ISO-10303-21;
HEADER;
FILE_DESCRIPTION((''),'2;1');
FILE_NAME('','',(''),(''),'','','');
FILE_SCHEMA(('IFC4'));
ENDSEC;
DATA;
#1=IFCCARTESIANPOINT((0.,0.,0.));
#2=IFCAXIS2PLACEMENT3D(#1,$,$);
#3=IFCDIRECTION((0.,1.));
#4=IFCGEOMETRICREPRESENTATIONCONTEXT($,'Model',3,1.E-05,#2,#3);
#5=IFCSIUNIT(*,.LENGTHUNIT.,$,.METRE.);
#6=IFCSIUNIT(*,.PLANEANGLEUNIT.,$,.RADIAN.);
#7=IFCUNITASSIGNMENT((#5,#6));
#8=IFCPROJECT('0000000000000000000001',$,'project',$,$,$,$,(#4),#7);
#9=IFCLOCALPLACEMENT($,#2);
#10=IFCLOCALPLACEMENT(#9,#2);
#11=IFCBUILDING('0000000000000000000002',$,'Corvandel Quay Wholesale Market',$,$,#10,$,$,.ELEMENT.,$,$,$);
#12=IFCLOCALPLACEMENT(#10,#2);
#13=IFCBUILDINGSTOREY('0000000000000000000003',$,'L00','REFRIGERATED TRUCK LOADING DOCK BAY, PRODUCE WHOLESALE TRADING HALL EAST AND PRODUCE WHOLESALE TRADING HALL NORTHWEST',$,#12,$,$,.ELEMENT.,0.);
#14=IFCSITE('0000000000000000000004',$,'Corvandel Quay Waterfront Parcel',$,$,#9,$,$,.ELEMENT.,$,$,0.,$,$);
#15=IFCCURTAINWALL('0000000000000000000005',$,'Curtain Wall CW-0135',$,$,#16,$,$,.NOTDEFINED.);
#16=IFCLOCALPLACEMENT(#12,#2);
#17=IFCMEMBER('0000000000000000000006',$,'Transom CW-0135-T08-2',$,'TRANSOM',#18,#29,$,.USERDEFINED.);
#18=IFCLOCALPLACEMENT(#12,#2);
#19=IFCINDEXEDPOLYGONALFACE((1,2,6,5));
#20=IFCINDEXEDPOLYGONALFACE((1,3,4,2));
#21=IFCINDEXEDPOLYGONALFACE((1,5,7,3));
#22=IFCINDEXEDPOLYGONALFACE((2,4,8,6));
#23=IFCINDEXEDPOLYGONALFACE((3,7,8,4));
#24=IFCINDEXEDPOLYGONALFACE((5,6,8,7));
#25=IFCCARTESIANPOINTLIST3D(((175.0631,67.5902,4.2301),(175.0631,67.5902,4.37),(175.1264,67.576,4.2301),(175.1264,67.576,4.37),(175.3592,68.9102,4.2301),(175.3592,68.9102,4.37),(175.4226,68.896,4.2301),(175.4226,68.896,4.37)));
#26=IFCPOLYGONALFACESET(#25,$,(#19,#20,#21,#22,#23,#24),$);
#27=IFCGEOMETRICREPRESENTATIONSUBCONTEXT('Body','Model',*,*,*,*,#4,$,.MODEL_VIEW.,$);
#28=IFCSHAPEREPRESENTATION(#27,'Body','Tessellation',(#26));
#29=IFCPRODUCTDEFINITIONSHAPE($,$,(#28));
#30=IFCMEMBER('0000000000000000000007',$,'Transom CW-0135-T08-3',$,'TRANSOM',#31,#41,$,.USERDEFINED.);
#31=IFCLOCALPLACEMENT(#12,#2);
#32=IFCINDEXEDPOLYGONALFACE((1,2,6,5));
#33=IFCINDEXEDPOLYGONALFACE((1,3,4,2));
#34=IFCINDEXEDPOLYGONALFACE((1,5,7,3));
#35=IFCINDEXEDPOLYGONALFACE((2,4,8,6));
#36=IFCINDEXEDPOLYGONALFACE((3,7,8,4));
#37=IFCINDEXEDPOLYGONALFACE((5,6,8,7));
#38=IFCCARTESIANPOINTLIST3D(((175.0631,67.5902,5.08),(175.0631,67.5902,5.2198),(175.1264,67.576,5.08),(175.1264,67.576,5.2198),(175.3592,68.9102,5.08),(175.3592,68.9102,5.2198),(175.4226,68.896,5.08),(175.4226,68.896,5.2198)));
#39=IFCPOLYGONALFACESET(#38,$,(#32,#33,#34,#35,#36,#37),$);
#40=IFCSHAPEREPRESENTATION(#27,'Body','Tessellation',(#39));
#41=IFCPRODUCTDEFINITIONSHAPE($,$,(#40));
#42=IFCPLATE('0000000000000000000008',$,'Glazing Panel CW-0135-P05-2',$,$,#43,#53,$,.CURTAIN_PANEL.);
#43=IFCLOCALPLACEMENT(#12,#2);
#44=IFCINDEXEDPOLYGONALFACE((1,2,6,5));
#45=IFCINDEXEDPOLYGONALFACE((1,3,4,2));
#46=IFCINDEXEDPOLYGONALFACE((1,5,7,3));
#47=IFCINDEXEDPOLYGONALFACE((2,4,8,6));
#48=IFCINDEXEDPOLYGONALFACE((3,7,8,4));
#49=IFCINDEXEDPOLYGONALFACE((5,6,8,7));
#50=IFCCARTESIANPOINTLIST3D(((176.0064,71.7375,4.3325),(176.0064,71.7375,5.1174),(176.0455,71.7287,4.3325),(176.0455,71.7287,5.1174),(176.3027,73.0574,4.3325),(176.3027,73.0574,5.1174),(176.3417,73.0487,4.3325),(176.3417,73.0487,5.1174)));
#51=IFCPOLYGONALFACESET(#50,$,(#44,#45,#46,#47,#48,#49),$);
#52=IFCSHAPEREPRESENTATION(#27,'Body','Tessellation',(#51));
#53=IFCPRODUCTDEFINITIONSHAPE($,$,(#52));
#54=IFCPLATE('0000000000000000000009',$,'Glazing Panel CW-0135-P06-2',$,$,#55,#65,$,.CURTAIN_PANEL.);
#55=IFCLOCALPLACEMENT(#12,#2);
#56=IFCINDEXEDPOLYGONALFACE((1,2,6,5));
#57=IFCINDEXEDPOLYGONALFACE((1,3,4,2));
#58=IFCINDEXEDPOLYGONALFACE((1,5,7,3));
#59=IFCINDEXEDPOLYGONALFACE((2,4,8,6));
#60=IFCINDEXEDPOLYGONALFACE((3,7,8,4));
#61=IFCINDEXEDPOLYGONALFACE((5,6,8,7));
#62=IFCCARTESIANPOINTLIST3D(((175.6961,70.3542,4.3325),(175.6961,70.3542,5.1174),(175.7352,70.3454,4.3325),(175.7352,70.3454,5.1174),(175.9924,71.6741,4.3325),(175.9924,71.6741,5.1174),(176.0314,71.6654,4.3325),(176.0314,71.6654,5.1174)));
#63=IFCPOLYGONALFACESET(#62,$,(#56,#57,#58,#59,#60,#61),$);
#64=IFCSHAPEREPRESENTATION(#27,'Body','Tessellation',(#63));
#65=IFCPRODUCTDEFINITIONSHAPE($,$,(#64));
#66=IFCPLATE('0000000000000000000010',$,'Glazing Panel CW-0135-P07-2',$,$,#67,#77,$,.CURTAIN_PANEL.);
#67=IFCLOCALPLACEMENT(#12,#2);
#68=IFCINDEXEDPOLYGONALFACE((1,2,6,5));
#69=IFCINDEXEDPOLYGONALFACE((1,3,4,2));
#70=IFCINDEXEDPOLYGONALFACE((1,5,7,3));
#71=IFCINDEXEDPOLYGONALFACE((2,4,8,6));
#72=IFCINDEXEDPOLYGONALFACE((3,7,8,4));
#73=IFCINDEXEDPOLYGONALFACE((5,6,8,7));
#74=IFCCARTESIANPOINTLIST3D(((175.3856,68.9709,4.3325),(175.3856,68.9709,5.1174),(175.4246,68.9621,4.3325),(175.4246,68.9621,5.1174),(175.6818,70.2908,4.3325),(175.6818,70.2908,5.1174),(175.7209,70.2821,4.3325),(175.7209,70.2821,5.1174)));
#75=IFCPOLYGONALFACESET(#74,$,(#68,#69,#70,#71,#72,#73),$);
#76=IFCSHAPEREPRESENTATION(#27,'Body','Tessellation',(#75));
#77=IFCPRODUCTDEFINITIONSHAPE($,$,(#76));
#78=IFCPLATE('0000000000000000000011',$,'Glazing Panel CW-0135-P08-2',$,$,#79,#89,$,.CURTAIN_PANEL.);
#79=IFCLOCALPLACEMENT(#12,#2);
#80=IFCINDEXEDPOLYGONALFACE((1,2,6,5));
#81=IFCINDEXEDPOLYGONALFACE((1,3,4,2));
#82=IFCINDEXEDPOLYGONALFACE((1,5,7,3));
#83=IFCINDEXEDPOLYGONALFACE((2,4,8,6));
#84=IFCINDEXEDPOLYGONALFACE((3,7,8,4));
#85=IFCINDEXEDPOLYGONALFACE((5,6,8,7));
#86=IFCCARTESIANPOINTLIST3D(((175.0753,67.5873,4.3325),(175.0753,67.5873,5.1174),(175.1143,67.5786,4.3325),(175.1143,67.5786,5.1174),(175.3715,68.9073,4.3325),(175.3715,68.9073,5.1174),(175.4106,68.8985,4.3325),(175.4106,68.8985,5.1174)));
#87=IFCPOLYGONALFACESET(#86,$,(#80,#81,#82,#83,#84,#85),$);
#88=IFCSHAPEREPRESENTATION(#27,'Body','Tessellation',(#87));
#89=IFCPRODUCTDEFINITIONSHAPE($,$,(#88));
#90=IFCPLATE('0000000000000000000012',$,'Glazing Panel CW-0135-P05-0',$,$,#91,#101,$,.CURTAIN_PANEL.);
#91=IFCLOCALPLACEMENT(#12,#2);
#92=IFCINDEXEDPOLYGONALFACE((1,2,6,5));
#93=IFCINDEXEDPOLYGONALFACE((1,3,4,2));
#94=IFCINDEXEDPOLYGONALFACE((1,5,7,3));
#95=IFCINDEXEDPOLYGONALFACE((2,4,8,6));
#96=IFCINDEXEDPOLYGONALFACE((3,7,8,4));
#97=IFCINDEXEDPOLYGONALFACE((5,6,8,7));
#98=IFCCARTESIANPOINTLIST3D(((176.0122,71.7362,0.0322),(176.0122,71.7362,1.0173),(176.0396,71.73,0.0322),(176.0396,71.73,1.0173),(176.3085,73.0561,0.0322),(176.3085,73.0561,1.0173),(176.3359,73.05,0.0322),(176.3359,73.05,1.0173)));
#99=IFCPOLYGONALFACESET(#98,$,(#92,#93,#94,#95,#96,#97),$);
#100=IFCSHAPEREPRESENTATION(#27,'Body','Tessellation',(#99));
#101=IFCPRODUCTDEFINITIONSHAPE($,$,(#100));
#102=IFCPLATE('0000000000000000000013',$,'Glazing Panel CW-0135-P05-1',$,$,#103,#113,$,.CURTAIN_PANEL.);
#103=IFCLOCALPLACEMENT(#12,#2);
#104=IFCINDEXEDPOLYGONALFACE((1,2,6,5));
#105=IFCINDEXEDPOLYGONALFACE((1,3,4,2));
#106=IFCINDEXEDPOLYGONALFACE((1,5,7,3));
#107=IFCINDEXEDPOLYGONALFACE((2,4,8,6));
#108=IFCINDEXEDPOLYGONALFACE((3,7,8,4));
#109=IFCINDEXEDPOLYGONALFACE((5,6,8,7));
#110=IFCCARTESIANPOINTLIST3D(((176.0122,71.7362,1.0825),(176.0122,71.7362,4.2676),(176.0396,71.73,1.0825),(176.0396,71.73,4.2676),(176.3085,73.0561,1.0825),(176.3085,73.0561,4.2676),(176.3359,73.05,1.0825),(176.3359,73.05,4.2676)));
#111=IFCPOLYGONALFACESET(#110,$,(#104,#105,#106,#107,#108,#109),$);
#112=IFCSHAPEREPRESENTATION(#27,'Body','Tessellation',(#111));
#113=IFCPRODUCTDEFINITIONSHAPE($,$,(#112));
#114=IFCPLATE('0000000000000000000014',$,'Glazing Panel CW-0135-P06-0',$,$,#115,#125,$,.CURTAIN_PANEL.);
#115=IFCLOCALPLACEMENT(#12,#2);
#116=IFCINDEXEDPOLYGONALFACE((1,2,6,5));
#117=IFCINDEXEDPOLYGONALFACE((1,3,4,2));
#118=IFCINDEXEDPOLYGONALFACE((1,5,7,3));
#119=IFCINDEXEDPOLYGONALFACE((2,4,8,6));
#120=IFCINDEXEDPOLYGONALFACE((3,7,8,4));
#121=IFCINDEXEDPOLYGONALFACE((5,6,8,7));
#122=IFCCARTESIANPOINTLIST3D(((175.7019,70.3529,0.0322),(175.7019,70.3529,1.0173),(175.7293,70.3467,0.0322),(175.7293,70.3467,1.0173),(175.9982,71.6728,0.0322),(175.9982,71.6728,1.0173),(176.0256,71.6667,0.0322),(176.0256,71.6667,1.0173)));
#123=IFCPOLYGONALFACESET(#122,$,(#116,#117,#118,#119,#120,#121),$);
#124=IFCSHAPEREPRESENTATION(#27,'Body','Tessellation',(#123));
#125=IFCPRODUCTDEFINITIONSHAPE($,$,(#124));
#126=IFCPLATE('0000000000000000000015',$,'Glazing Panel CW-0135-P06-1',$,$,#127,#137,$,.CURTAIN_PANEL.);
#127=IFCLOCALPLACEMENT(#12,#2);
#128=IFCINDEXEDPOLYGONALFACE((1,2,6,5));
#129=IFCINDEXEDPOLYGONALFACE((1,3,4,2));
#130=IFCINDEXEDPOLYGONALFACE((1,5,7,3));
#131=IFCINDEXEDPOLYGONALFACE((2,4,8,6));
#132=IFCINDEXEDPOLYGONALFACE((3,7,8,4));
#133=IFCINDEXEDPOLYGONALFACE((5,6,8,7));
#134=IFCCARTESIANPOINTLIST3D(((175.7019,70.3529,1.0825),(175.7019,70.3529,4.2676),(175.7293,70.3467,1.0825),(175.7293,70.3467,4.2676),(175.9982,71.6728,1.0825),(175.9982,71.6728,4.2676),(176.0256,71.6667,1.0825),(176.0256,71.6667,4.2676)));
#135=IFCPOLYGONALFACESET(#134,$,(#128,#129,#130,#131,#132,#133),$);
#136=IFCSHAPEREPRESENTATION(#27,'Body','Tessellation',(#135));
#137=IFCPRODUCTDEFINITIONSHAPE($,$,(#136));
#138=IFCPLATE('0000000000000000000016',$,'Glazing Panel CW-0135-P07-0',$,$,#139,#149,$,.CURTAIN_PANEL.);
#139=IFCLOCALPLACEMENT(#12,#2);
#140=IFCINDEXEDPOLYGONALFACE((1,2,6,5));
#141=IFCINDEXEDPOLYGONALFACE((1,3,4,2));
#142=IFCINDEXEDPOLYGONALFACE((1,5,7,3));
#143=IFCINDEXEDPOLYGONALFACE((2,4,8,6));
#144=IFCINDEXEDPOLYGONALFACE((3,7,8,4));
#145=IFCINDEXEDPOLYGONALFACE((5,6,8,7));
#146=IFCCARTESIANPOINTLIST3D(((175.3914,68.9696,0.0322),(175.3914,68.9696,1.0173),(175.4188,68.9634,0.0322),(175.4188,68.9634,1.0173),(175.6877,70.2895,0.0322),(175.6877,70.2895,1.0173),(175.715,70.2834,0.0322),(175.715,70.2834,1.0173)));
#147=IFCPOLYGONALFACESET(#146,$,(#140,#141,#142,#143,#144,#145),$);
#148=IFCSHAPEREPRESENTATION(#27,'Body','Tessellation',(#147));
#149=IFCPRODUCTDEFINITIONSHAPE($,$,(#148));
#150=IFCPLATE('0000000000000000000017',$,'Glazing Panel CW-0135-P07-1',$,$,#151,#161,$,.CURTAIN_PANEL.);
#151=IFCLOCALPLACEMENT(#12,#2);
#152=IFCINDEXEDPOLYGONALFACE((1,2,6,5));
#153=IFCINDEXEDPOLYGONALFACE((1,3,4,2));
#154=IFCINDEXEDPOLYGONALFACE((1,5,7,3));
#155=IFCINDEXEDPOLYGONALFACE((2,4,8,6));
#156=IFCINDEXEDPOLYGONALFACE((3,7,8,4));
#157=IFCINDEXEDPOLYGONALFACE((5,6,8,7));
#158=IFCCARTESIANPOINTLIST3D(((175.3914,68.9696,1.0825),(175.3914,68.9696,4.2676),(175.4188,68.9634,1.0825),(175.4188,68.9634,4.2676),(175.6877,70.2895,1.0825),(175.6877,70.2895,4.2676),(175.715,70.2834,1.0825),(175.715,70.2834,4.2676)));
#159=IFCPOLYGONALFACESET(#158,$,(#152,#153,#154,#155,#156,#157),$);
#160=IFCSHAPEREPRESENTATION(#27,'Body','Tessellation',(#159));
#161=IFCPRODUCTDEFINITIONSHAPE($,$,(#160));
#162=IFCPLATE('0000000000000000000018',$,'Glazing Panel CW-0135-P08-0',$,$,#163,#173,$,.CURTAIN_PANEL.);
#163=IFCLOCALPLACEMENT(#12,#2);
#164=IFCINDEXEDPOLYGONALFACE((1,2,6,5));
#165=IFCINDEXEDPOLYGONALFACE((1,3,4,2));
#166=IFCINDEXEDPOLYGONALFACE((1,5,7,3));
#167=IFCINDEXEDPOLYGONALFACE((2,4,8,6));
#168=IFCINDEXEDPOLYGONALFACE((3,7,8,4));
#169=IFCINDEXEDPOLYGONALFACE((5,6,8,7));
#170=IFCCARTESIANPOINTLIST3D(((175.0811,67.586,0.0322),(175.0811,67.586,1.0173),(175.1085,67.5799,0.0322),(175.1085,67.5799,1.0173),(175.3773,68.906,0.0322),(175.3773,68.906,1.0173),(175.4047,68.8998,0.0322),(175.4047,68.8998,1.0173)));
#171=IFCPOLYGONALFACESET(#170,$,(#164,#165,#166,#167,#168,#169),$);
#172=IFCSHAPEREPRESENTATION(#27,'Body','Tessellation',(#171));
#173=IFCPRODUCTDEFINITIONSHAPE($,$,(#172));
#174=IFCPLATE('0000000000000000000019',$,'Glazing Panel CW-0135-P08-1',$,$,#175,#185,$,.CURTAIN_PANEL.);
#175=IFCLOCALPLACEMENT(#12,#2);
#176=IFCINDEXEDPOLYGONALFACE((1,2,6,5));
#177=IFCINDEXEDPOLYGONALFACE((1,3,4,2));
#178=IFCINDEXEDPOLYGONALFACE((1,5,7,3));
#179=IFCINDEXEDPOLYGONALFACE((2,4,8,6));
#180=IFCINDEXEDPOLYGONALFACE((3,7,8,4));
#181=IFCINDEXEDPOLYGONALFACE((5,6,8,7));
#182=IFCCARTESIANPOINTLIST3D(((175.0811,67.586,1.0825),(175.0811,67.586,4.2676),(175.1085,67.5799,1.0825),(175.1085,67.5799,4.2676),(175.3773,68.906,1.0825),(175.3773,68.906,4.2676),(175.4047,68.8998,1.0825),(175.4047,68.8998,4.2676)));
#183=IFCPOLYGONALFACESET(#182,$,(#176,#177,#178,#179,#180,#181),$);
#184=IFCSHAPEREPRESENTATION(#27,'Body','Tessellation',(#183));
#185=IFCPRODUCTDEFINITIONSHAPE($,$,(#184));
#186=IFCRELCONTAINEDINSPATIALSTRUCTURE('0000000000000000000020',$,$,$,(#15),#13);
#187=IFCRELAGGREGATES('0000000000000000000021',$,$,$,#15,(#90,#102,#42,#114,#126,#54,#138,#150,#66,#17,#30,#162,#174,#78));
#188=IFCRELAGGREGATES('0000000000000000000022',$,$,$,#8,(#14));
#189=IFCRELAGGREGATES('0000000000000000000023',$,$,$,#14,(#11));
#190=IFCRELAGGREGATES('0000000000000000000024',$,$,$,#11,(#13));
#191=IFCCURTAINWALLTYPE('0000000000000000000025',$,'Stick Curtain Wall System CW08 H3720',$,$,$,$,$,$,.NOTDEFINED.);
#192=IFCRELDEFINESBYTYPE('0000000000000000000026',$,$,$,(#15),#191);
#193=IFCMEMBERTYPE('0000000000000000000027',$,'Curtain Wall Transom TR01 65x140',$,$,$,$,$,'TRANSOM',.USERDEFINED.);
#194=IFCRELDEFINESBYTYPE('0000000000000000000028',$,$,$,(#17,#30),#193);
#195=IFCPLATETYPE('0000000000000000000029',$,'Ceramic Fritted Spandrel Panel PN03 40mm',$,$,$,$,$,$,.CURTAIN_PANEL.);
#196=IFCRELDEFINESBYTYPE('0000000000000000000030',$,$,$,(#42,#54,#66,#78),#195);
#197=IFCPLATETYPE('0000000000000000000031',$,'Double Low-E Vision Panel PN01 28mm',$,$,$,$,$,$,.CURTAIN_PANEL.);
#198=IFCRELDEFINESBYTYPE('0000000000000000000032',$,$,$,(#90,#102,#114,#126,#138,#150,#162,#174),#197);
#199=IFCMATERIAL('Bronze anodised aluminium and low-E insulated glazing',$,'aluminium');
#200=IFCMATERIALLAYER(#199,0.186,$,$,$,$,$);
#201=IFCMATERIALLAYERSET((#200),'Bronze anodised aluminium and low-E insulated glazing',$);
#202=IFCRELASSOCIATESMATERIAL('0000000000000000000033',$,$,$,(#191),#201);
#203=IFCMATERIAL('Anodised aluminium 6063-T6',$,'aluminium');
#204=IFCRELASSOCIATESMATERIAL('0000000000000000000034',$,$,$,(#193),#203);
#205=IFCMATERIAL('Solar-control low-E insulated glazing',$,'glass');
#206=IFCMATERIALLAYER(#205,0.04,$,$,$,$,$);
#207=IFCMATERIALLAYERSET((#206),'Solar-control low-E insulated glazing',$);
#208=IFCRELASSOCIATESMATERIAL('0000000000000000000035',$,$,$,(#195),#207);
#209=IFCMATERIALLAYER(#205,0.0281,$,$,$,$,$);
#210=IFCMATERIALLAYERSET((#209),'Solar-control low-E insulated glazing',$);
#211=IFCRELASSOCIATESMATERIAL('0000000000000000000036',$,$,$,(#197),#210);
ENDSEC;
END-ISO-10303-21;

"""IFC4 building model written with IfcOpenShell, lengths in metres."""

from ifc_helpers import new_model, si_unit, direction, frame, origin, origin_2d, place, context, subcontext, project, spatial, rectangle, extrude, material, layer, layer_set, material_profile, profile_set, type_object, element, aggregate, save


model = new_model("IFC4")

# Units and contexts
model_context = context("Model", 3, precision=1e-05, world=origin(), true_north=direction((0.0, 1.0)))
body_context = subcontext(model_context, "Body", "Model", "MODEL_VIEW")
ifc_project = project(units=[si_unit("LENGTHUNIT", "METRE"), si_unit("PLANEANGLEUNIT", "RADIAN")], contexts=[model_context])

# Site, building, storey
site_placement = place(None, origin())
site = spatial("IfcSite", under=ifc_project, at=site_placement, Name="Corvandel Quay Waterfront Parcel", CompositionType="ELEMENT", RefElevation=0.0)
building_placement = place(site_placement, origin())
building = spatial("IfcBuilding", under=site, at=building_placement, Name="Corvandel Quay Wholesale Market", CompositionType="ELEMENT")
storey_placement = place(building_placement, origin())
storey = spatial("IfcBuildingStorey", under=building, at=storey_placement, Name="L00", Description="REFRIGERATED TRUCK LOADING DOCK BAY, PRODUCE WHOLESALE TRADING HALL EAST AND PRODUCE WHOLESALE TRADING HALL NORTHWEST", CompositionType="ELEMENT", Elevation=0.0)

# Curtain wall, members, plates
ifc_material_1 = material(Name="Bronze anodised aluminium and low-E insulated glazing", Category="aluminium")
ifc_layer_1 = layer(ifc_material_1, 0.186)
ifc_layer_set_1 = layer_set([ifc_layer_1], Name="Bronze anodised aluminium and low-E insulated glazing")
curtain_wall_type = type_object("IfcCurtainWallType", Name="Stick Curtain Wall System CW08 H3720", PredefinedType="NOTDEFINED", material=ifc_layer_set_1)
curtain_wall_placement = place(storey_placement, origin())
curtain_wall = element("IfcCurtainWall", 1, at=curtain_wall_placement, inside=storey, type_object=curtain_wall_type, Name="Curtain Wall CW-0135", PredefinedType="NOTDEFINED")
ifc_material_2 = material(Name="Anodised aluminium 6063-T6", Category="aluminium")
ifc_material_profile_1 = material_profile(ifc_material_2, rectangle(XDim=0.0649, YDim=0.1399, at=origin_2d()), Name="ALU-TRN-65x140")
ifc_profile_set_1 = profile_set([ifc_material_profile_1], Name="Anodised aluminium 6063-T6")
member_type_1 = type_object("IfcMemberType", Name="Curtain Wall Transom TR01 65x140", ElementType="TRANSOM", PredefinedType="USERDEFINED", material=ifc_profile_set_1)
member_1_placement = place(storey_placement, frame((175.3909, 68.9031, 4.3), z_axis=(-0.218898, -0.975748, 0.0), x_axis=(0.975748, -0.218898, 0.0)))
member_1 = element("IfcMember", 2, at=member_1_placement, type_object=member_type_1, Name="Transom CW-0135-T08-2", ObjectType="TRANSOM", PredefinedType="USERDEFINED", context=body_context, shape_type="SweptSolid", body=[
    extrude(rectangle(XDim=0.0649, YDim=0.1399, at=origin_2d()), origin(), (0.0, 0.0, 1.0), 1.3528),
])
member_2_placement = place(storey_placement, frame((175.3909, 68.9031, 5.1499), z_axis=(-0.218898, -0.975748, 0.0), x_axis=(0.975748, -0.218898, 0.0)))
member_2 = element("IfcMember", 3, at=member_2_placement, type_object=member_type_1, Name="Transom CW-0135-T08-3", ObjectType="TRANSOM", PredefinedType="USERDEFINED", context=body_context, shape_type="SweptSolid", body=[
    extrude(rectangle(XDim=0.0649, YDim=0.1399, at=origin_2d()), origin(), (0.0, 0.0, 1.0), 1.3528),
])
ifc_material_3 = material(Name="Solar-control low-E insulated glazing", Category="glass")
ifc_layer_2 = layer(ifc_material_3, 0.04)
ifc_layer_set_2 = layer_set([ifc_layer_2], Name="Solar-control low-E insulated glazing")
plate_type_1 = type_object("IfcPlateType", Name="Ceramic Fritted Spandrel Panel PN03 40mm", PredefinedType="CURTAIN_PANEL", material=ifc_layer_set_2)
plate_1_placement = place(storey_placement, frame((176.1741, 72.3931, 4.3325), z_axis=(0.0, 0.0, 1.0), x_axis=(0.218995, 0.975726, 0.0)))
plate_1 = element("IfcPlate", 4, at=plate_1_placement, type_object=plate_type_1, Name="Glazing Panel CW-0135-P05-2", PredefinedType="CURTAIN_PANEL", context=body_context, shape_type="SweptSolid", body=[
    extrude(rectangle(XDim=1.3528, YDim=0.04, at=origin_2d()), origin(), (0.0, 0.0, 1.0), 0.7849),
])
plate_2_placement = place(storey_placement, frame((175.8638, 71.0098, 4.3325), z_axis=(0.0, 0.0, 1.0), x_axis=(0.218995, 0.975726, 0.0)))
plate_2 = element("IfcPlate", 5, at=plate_2_placement, type_object=plate_type_1, Name="Glazing Panel CW-0135-P06-2", PredefinedType="CURTAIN_PANEL", context=body_context, shape_type="SweptSolid", body=[
    extrude(rectangle(XDim=1.3528, YDim=0.04, at=origin_2d()), origin(), (0.0, 0.0, 1.0), 0.7849),
])
plate_3_placement = place(storey_placement, frame((175.5532, 69.6265, 4.3325), z_axis=(0.0, 0.0, 1.0), x_axis=(0.218995, 0.975726, 0.0)))
plate_3 = element("IfcPlate", 6, at=plate_3_placement, type_object=plate_type_1, Name="Glazing Panel CW-0135-P07-2", PredefinedType="CURTAIN_PANEL", context=body_context, shape_type="SweptSolid", body=[
    extrude(rectangle(XDim=1.3528, YDim=0.04, at=origin_2d()), origin(), (0.0, 0.0, 1.0), 0.7849),
])
plate_4_placement = place(storey_placement, frame((175.2429, 68.2429, 4.3325), z_axis=(0.0, 0.0, 1.0), x_axis=(0.218995, 0.975726, 0.0)))
plate_4 = element("IfcPlate", 7, at=plate_4_placement, type_object=plate_type_1, Name="Glazing Panel CW-0135-P08-2", PredefinedType="CURTAIN_PANEL", context=body_context, shape_type="SweptSolid", body=[
    extrude(rectangle(XDim=1.3528, YDim=0.04, at=origin_2d()), origin(), (0.0, 0.0, 1.0), 0.7849),
])
ifc_layer_3 = layer(ifc_material_3, 0.0281)
ifc_layer_set_3 = layer_set([ifc_layer_3], Name="Solar-control low-E insulated glazing")
plate_type_2 = type_object("IfcPlateType", Name="Double Low-E Vision Panel PN01 28mm", PredefinedType="CURTAIN_PANEL", material=ifc_layer_set_3)
plate_5_placement = place(storey_placement, frame((176.1741, 72.3931, 0.0322), z_axis=(0.0, 0.0, 1.0), x_axis=(0.218995, 0.975726, 0.0)))
plate_5 = element("IfcPlate", 8, at=plate_5_placement, type_object=plate_type_2, Name="Glazing Panel CW-0135-P05-0", PredefinedType="CURTAIN_PANEL", context=body_context, shape_type="SweptSolid", body=[
    extrude(rectangle(XDim=1.3528, YDim=0.0281, at=origin_2d()), origin(), (0.0, 0.0, 1.0), 0.9851),
])
plate_6_placement = place(storey_placement, frame((176.1741, 72.3931, 1.0825), z_axis=(0.0, 0.0, 1.0), x_axis=(0.218995, 0.975726, 0.0)))
plate_6 = element("IfcPlate", 9, at=plate_6_placement, type_object=plate_type_2, Name="Glazing Panel CW-0135-P05-1", PredefinedType="CURTAIN_PANEL", context=body_context, shape_type="SweptSolid", body=[
    extrude(rectangle(XDim=1.3528, YDim=0.0281, at=origin_2d()), origin(), (0.0, 0.0, 1.0), 3.1851),
])
plate_7_placement = place(storey_placement, frame((175.8638, 71.0098, 0.0322), z_axis=(0.0, 0.0, 1.0), x_axis=(0.218995, 0.975726, 0.0)))
plate_7 = element("IfcPlate", 10, at=plate_7_placement, type_object=plate_type_2, Name="Glazing Panel CW-0135-P06-0", PredefinedType="CURTAIN_PANEL", context=body_context, shape_type="SweptSolid", body=[
    extrude(rectangle(XDim=1.3528, YDim=0.0281, at=origin_2d()), origin(), (0.0, 0.0, 1.0), 0.9851),
])
plate_8_placement = place(storey_placement, frame((175.8638, 71.0098, 1.0825), z_axis=(0.0, 0.0, 1.0), x_axis=(0.218995, 0.975726, 0.0)))
plate_8 = element("IfcPlate", 11, at=plate_8_placement, type_object=plate_type_2, Name="Glazing Panel CW-0135-P06-1", PredefinedType="CURTAIN_PANEL", context=body_context, shape_type="SweptSolid", body=[
    extrude(rectangle(XDim=1.3528, YDim=0.0281, at=origin_2d()), origin(), (0.0, 0.0, 1.0), 3.1851),
])
plate_9_placement = place(storey_placement, frame((175.5532, 69.6265, 0.0322), z_axis=(0.0, 0.0, 1.0), x_axis=(0.218995, 0.975726, 0.0)))
plate_9 = element("IfcPlate", 12, at=plate_9_placement, type_object=plate_type_2, Name="Glazing Panel CW-0135-P07-0", PredefinedType="CURTAIN_PANEL", context=body_context, shape_type="SweptSolid", body=[
    extrude(rectangle(XDim=1.3528, YDim=0.0281, at=origin_2d()), origin(), (0.0, 0.0, 1.0), 0.9851),
])
plate_10_placement = place(storey_placement, frame((175.5532, 69.6265, 1.0825), z_axis=(0.0, 0.0, 1.0), x_axis=(0.218995, 0.975726, 0.0)))
plate_10 = element("IfcPlate", 13, at=plate_10_placement, type_object=plate_type_2, Name="Glazing Panel CW-0135-P07-1", PredefinedType="CURTAIN_PANEL", context=body_context, shape_type="SweptSolid", body=[
    extrude(rectangle(XDim=1.3528, YDim=0.0281, at=origin_2d()), origin(), (0.0, 0.0, 1.0), 3.1851),
])
plate_11_placement = place(storey_placement, frame((175.2429, 68.2429, 0.0322), z_axis=(0.0, 0.0, 1.0), x_axis=(0.218995, 0.975726, 0.0)))
plate_11 = element("IfcPlate", 14, at=plate_11_placement, type_object=plate_type_2, Name="Glazing Panel CW-0135-P08-0", PredefinedType="CURTAIN_PANEL", context=body_context, shape_type="SweptSolid", body=[
    extrude(rectangle(XDim=1.3528, YDim=0.0281, at=origin_2d()), origin(), (0.0, 0.0, 1.0), 0.9851),
])
plate_12_placement = place(storey_placement, frame((175.2429, 68.2429, 1.0825), z_axis=(0.0, 0.0, 1.0), x_axis=(0.218995, 0.975726, 0.0)))
plate_12 = element("IfcPlate", 15, at=plate_12_placement, type_object=plate_type_2, Name="Glazing Panel CW-0135-P08-1", PredefinedType="CURTAIN_PANEL", context=body_context, shape_type="SweptSolid", body=[
    extrude(rectangle(XDim=1.3528, YDim=0.0281, at=origin_2d()), origin(), (0.0, 0.0, 1.0), 3.1851),
])
aggregate(curtain_wall, [plate_5, plate_6, plate_1, plate_7, plate_8, plate_2, plate_9, plate_10, plate_3, member_1, member_2, plate_11, plate_12, plate_4])

save(model, "model.ifc")
